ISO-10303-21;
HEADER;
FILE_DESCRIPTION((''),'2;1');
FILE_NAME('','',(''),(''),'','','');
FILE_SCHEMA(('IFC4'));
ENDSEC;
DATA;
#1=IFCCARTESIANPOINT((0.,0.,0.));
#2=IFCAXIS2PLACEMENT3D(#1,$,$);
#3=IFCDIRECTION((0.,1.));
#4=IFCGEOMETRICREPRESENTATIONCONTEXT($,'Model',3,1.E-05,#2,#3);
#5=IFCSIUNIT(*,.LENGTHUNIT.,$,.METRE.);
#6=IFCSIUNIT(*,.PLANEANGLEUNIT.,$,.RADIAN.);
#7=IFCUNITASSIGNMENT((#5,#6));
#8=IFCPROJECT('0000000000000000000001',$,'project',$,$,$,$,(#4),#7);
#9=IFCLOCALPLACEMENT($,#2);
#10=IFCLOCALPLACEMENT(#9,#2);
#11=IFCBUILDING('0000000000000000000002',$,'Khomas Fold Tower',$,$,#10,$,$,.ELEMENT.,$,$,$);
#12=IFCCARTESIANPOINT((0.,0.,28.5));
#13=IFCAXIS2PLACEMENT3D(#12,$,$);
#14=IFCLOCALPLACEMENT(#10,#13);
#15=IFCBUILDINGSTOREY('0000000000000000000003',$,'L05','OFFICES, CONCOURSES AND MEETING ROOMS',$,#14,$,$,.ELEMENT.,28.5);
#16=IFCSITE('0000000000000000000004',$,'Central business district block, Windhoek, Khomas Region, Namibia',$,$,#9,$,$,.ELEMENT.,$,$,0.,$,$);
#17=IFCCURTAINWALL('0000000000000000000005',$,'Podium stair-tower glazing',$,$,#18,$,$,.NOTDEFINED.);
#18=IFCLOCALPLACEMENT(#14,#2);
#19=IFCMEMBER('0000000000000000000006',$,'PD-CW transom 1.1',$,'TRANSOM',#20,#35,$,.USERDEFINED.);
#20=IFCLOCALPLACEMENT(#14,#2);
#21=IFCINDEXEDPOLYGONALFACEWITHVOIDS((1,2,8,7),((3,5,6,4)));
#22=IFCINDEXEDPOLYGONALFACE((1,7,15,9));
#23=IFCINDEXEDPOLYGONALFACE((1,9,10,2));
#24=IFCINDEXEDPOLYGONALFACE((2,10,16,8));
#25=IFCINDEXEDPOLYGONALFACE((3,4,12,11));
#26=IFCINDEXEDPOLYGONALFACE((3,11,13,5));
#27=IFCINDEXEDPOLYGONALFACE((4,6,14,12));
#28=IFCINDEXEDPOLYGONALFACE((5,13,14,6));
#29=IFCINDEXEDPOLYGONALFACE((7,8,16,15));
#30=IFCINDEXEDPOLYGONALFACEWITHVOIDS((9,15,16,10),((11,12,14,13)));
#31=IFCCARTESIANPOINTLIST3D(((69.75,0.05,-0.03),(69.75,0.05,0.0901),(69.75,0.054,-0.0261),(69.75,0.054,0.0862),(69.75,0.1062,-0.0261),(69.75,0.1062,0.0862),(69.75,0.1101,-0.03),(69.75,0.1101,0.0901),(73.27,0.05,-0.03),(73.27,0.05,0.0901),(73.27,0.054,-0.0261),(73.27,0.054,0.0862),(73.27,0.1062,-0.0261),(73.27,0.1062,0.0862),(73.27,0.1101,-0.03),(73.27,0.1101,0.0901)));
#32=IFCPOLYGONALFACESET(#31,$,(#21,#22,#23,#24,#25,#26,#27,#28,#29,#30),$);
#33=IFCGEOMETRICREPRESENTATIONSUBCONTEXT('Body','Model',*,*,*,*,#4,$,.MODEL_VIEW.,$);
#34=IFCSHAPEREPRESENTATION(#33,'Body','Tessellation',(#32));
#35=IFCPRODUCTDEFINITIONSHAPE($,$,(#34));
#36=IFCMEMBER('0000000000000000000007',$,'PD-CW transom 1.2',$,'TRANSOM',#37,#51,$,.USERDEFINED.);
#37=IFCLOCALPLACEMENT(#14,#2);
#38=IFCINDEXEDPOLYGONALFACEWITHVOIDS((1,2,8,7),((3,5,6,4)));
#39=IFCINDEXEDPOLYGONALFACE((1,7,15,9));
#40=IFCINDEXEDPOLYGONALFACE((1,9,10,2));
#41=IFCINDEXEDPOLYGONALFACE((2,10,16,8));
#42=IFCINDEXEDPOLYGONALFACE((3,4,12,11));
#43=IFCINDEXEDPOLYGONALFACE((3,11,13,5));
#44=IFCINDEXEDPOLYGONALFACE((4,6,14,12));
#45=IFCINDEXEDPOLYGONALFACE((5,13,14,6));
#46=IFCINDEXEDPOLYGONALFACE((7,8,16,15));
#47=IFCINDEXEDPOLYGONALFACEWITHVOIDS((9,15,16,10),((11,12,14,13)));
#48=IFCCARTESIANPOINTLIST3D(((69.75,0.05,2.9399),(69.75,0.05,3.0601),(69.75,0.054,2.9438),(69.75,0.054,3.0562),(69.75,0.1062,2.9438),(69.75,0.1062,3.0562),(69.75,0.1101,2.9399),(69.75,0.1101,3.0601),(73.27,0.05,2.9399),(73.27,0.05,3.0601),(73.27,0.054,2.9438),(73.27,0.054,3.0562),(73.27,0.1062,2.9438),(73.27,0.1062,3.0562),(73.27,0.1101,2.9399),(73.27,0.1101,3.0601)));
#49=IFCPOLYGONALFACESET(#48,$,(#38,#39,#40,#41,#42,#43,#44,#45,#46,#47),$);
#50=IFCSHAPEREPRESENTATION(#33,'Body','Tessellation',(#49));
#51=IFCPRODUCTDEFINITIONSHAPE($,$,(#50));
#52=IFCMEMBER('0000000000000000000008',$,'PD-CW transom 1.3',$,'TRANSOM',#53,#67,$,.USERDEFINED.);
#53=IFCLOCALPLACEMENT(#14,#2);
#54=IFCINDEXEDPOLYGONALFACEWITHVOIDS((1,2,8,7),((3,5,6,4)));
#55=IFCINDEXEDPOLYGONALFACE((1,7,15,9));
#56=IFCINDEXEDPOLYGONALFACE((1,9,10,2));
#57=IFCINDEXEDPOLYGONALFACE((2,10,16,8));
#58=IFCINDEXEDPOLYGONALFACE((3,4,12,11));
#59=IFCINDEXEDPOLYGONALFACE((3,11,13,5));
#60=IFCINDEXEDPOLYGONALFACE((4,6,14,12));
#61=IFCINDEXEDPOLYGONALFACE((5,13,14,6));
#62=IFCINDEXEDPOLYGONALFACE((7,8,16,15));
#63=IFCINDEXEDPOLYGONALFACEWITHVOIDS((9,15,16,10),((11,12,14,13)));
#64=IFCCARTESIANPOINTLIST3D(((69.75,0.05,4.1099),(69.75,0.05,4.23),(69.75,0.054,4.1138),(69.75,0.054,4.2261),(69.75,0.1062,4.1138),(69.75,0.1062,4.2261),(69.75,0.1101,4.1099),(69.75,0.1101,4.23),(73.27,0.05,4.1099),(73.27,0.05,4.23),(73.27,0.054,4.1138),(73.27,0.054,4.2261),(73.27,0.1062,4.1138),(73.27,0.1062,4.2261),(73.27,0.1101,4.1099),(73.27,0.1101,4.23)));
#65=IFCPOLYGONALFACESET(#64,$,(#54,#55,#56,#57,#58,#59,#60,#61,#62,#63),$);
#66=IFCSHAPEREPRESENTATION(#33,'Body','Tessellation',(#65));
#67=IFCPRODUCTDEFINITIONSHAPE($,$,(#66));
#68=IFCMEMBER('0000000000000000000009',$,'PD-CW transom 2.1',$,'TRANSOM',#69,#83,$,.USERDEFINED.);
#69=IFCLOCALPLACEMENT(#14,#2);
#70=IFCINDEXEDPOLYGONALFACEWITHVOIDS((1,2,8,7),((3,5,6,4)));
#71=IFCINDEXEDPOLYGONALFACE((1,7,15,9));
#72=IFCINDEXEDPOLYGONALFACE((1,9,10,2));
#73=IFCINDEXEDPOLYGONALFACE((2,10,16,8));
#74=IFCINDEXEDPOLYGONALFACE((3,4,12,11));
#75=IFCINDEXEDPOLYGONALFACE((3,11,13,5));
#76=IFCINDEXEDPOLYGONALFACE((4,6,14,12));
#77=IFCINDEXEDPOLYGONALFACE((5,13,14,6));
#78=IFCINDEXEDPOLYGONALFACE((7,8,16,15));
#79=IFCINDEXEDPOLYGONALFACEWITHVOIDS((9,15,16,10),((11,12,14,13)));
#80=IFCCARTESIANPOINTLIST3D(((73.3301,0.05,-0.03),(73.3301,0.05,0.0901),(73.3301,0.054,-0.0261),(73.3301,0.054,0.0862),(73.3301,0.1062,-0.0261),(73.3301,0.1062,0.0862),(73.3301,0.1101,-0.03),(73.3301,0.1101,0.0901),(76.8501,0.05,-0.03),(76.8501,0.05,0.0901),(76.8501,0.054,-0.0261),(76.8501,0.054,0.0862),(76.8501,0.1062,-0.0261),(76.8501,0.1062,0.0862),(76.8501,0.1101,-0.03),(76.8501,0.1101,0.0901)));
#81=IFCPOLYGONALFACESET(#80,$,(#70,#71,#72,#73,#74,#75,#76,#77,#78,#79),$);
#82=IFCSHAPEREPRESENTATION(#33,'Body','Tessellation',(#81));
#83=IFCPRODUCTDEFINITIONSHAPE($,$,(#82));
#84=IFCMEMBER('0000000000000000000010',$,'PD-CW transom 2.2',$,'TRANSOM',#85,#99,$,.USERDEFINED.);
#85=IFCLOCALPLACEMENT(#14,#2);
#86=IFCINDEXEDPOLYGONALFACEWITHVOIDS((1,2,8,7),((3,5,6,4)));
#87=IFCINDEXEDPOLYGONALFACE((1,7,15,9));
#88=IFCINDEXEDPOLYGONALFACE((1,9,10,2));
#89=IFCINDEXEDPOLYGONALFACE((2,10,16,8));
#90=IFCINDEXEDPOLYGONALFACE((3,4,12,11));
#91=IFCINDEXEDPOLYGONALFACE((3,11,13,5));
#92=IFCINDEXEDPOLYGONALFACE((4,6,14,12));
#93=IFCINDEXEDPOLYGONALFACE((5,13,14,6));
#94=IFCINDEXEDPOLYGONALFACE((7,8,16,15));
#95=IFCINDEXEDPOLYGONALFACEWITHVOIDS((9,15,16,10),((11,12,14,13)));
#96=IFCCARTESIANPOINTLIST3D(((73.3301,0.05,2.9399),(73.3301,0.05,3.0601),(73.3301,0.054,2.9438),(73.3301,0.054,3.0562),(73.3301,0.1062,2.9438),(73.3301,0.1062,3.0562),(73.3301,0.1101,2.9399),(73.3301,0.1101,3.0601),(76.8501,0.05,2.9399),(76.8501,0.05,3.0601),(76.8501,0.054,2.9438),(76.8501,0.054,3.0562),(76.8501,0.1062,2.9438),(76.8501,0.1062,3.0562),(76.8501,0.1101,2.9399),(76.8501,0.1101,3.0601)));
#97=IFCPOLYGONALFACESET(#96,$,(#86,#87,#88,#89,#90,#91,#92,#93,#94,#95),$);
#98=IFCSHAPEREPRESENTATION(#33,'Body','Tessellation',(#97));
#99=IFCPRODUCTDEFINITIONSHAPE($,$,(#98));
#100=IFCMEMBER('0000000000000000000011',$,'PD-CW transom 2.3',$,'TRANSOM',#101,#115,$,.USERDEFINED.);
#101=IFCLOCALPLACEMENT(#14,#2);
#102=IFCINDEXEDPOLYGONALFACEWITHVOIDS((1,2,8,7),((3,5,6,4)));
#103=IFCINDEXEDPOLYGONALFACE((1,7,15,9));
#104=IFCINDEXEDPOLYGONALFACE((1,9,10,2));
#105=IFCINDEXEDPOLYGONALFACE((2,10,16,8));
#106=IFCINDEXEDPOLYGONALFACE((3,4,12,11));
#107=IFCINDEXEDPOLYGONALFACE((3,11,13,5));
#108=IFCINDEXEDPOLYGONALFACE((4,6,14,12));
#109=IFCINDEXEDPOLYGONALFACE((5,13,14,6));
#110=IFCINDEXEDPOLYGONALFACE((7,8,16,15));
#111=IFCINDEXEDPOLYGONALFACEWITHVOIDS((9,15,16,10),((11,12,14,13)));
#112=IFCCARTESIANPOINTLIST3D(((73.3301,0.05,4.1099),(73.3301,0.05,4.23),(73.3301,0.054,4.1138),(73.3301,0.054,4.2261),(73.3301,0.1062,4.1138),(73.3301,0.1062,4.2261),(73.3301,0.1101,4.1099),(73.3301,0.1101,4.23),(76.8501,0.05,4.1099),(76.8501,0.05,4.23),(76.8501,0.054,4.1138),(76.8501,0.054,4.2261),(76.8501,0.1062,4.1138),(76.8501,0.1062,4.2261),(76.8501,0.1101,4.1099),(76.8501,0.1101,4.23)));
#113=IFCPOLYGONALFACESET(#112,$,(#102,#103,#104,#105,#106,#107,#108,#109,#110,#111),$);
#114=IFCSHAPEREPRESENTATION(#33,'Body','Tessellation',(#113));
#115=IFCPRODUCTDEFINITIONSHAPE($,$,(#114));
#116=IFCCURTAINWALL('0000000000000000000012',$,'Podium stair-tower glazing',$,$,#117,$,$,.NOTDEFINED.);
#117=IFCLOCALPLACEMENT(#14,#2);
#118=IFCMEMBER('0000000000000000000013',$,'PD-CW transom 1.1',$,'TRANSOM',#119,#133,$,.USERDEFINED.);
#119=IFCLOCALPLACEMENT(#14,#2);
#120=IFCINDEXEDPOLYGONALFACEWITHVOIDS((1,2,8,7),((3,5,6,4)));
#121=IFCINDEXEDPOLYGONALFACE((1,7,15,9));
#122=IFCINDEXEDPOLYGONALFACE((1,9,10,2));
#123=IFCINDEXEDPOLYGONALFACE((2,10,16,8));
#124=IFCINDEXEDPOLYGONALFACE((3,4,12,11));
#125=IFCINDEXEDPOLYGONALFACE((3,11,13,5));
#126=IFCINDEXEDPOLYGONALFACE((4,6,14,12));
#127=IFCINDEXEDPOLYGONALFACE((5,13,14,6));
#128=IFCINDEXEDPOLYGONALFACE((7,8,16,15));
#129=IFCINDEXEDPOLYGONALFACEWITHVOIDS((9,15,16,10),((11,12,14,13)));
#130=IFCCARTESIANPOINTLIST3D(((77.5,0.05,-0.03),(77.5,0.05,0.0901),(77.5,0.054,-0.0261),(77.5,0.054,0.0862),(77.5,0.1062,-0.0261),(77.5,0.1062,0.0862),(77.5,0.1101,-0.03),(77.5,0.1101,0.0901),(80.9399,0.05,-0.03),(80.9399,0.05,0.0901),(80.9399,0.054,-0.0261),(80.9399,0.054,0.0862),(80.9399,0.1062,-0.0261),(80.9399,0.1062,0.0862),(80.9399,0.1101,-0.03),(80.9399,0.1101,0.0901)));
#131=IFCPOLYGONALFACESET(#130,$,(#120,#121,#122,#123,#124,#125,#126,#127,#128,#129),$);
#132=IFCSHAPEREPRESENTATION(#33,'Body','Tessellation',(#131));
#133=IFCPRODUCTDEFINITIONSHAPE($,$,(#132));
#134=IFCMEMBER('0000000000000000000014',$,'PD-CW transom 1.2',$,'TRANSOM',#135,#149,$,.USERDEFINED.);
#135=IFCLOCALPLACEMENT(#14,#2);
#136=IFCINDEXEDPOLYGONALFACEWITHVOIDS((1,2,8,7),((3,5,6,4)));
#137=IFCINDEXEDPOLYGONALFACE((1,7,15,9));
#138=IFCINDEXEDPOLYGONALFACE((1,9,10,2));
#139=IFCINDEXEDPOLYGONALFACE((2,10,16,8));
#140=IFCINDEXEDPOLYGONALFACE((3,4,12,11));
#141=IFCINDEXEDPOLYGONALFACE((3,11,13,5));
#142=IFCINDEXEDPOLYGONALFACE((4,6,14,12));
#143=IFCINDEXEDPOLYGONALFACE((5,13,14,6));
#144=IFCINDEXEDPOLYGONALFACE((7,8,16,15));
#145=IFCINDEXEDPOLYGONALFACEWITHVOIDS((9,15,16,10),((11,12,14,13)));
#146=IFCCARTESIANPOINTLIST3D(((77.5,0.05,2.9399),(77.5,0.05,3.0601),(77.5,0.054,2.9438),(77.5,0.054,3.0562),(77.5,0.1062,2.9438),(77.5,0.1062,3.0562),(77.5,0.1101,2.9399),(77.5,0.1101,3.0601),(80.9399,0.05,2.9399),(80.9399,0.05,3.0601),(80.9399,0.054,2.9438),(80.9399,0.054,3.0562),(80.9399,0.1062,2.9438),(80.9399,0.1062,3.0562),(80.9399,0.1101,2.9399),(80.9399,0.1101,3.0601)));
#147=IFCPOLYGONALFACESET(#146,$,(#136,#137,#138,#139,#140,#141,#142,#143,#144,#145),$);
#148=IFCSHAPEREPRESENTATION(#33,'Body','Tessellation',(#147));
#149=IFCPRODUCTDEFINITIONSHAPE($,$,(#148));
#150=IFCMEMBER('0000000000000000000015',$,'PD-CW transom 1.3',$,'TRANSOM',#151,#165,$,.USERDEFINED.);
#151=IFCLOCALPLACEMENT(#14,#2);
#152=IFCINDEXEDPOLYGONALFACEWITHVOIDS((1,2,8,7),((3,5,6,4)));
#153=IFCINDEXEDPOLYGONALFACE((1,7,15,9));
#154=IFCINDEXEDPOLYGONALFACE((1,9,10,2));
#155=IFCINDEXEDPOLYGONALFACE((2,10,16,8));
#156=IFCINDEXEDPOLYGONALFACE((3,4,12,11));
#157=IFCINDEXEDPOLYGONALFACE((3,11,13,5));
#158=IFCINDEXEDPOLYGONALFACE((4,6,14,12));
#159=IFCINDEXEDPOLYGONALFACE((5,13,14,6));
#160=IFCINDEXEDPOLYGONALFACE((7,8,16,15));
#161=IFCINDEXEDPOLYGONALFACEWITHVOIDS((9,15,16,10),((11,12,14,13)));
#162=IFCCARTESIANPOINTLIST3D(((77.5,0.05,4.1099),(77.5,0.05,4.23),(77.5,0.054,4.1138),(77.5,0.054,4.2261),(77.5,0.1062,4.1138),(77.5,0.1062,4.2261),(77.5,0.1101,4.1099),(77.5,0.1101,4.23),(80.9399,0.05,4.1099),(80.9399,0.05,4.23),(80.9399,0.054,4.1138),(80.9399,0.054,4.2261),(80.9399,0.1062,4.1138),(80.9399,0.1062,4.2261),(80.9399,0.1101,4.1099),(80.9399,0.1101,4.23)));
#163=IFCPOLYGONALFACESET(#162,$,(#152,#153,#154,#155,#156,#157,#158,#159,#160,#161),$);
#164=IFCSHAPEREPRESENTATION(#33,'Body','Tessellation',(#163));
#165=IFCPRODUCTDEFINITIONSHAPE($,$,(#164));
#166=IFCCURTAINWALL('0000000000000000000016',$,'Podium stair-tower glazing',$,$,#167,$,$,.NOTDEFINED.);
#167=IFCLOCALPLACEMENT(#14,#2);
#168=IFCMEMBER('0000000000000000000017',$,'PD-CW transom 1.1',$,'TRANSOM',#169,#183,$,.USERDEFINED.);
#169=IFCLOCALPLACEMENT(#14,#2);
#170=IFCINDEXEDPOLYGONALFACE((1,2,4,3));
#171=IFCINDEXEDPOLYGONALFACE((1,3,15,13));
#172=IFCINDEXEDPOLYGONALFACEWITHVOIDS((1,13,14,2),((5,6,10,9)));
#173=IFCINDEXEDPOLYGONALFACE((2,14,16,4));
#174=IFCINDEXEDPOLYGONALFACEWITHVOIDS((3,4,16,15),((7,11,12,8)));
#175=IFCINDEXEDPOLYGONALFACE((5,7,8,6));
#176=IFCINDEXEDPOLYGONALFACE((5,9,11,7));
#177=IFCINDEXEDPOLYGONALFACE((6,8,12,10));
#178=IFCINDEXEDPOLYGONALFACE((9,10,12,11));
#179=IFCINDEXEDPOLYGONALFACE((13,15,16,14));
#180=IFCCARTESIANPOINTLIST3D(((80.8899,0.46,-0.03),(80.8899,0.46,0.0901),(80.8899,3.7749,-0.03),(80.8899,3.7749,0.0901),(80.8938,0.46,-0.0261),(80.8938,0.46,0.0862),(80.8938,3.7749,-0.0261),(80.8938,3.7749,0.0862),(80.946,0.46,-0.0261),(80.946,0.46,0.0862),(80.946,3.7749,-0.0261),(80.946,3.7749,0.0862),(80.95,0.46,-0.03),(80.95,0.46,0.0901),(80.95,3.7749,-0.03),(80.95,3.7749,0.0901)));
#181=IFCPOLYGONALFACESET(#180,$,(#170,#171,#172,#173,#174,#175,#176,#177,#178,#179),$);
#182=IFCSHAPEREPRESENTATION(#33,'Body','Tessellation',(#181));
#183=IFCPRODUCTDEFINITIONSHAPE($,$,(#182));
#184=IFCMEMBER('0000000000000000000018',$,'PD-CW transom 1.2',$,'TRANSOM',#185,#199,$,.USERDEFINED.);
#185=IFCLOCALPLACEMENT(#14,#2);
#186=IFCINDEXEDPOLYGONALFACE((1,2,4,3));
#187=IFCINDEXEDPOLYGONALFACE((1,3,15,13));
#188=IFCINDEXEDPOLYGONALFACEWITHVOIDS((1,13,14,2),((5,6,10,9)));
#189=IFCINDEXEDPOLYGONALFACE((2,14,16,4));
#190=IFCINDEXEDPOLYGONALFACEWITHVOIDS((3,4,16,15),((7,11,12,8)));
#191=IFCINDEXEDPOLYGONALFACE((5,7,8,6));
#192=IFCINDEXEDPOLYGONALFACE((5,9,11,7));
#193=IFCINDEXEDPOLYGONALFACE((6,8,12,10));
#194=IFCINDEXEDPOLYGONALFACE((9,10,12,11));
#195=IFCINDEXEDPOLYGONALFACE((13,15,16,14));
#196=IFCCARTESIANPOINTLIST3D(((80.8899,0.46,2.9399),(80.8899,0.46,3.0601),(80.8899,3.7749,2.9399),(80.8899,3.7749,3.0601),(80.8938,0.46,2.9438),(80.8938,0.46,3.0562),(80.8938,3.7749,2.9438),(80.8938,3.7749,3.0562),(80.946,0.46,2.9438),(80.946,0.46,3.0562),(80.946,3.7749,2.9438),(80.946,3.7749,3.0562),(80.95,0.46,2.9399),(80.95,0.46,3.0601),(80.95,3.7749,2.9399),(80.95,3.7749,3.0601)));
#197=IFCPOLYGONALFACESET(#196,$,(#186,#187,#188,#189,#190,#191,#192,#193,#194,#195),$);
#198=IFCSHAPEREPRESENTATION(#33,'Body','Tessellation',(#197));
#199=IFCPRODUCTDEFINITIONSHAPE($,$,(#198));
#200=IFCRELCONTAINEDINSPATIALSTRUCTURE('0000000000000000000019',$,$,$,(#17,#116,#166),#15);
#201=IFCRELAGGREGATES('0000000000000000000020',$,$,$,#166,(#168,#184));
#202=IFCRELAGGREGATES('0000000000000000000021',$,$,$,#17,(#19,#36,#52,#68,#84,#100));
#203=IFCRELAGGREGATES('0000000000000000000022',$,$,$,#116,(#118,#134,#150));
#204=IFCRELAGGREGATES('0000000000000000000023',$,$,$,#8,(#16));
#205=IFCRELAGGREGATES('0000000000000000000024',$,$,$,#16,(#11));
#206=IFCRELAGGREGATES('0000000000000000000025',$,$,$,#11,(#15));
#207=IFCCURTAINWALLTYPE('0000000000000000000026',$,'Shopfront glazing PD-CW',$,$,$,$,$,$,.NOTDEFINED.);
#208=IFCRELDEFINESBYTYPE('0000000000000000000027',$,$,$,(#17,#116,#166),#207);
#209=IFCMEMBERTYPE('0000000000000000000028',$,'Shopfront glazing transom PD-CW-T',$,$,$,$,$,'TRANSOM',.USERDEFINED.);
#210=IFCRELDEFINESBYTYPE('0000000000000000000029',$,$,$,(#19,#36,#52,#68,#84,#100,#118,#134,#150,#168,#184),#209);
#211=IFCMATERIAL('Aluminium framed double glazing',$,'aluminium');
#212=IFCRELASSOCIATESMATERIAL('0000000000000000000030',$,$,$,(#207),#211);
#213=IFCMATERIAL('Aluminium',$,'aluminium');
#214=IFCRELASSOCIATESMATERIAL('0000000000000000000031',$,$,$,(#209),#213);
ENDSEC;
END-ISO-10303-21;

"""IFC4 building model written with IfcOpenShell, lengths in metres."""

from ifc_helpers import new_model, si_unit, direction, frame, origin, origin_2d, place, context, subcontext, project, spatial, hollow_rectangle, extrude, source, transform, mapped, material, material_profile, profile_set, type_object, element, aggregate, save


model = new_model("IFC4")

# Units and contexts
model_context = context("Model", 3, precision=1e-05, world=origin(), true_north=direction((0.0, 1.0)))
body_context = subcontext(model_context, "Body", "Model", "MODEL_VIEW")
ifc_project = project(units=[si_unit("LENGTHUNIT", "METRE"), si_unit("PLANEANGLEUNIT", "RADIAN")], contexts=[model_context])

# Site, building, storey
site_placement = place(None, origin())
site = spatial("IfcSite", under=ifc_project, at=site_placement, Name="Central business district block, Windhoek, Khomas Region, Namibia", CompositionType="ELEMENT", RefElevation=0.0)
building_placement = place(site_placement, origin())
building = spatial("IfcBuilding", under=site, at=building_placement, Name="Khomas Fold Tower", CompositionType="ELEMENT")
storey_placement = place(building_placement, frame((0.0, 0.0, 28.5)))
storey = spatial("IfcBuildingStorey", under=building, at=storey_placement, Name="L05", Description="OFFICES, CONCOURSES AND MEETING ROOMS", CompositionType="ELEMENT", Elevation=28.5)

# Curtain walls, members
ifc_material_1 = material(Name="Aluminium framed double glazing", Category="aluminium")
curtain_wall_type = type_object("IfcCurtainWallType", Name="Shopfront glazing PD-CW", PredefinedType="NOTDEFINED", material=ifc_material_1)
curtain_wall_1_placement = place(storey_placement, origin())
curtain_wall_1 = element("IfcCurtainWall", 1, at=curtain_wall_1_placement, inside=storey, type_object=curtain_wall_type, Name="Podium stair-tower glazing", PredefinedType="NOTDEFINED")
ifc_material_2 = material(Name="Aluminium", Category="aluminium")
ifc_material_profile_1 = material_profile(ifc_material_2, hollow_rectangle(XDim=0.0601, YDim=0.1201, WallThickness=0.0039, at=origin_2d()), Name="Shopfront glazing transom PD-CW-T")
ifc_profile_set_1 = profile_set([ifc_material_profile_1], Name="Aluminium")
member_type_1 = type_object("IfcMemberType", Name="Shopfront glazing transom PD-CW-T", ElementType="TRANSOM", PredefinedType="USERDEFINED", material=ifc_profile_set_1)
shared_shape_1 = source(origin(), body_context, "Body", "SweptSolid", [
    extrude(hollow_rectangle(XDim=0.0601, YDim=0.1201, WallThickness=0.0039, at=origin_2d()), origin(), (0.0, 0.0, 1.0), 3.52),
])
member_1_placement = place(storey_placement, frame((69.75, 0.0801, 0.03), z_axis=(1.0, 0.0, 0.0), x_axis=(0.0, 1.0, 0.0)))
member_1 = element("IfcMember", 2, at=member_1_placement, type_object=member_type_1, Name="PD-CW transom 1.1", ObjectType="TRANSOM", PredefinedType="USERDEFINED", context=body_context, shape_type="MappedRepresentation", body=[
    mapped(shared_shape_1, transform((0.0, 0.0, 0.0))),
])
member_2_placement = place(storey_placement, frame((69.75, 0.0801, 3.0), z_axis=(1.0, 0.0, 0.0), x_axis=(0.0, 1.0, 0.0)))
member_2 = element("IfcMember", 3, at=member_2_placement, type_object=member_type_1, Name="PD-CW transom 1.2", ObjectType="TRANSOM", PredefinedType="USERDEFINED", context=body_context, shape_type="MappedRepresentation", body=[
    mapped(shared_shape_1, transform((0.0, 0.0, 0.0))),
])
member_3_placement = place(storey_placement, frame((69.75, 0.0801, 4.1699), z_axis=(1.0, 0.0, 0.0), x_axis=(0.0, 1.0, 0.0)))
member_3 = element("IfcMember", 4, at=member_3_placement, type_object=member_type_1, Name="PD-CW transom 1.3", ObjectType="TRANSOM", PredefinedType="USERDEFINED", context=body_context, shape_type="MappedRepresentation", body=[
    mapped(shared_shape_1, transform((0.0, 0.0, 0.0))),
])
member_4_placement = place(storey_placement, frame((73.3301, 0.0801, 0.03), z_axis=(1.0, 0.0, 0.0), x_axis=(0.0, 1.0, 0.0)))
member_4 = element("IfcMember", 5, at=member_4_placement, type_object=member_type_1, Name="PD-CW transom 2.1", ObjectType="TRANSOM", PredefinedType="USERDEFINED", context=body_context, shape_type="MappedRepresentation", body=[
    mapped(shared_shape_1, transform((0.0, 0.0, 0.0))),
])
member_5_placement = place(storey_placement, frame((73.3301, 0.0801, 3.0), z_axis=(1.0, 0.0, 0.0), x_axis=(0.0, 1.0, 0.0)))
member_5 = element("IfcMember", 6, at=member_5_placement, type_object=member_type_1, Name="PD-CW transom 2.2", ObjectType="TRANSOM", PredefinedType="USERDEFINED", context=body_context, shape_type="MappedRepresentation", body=[
    mapped(shared_shape_1, transform((0.0, 0.0, 0.0))),
])
member_6_placement = place(storey_placement, frame((73.3301, 0.0801, 4.1699), z_axis=(1.0, 0.0, 0.0), x_axis=(0.0, 1.0, 0.0)))
member_6 = element("IfcMember", 7, at=member_6_placement, type_object=member_type_1, Name="PD-CW transom 2.3", ObjectType="TRANSOM", PredefinedType="USERDEFINED", context=body_context, shape_type="MappedRepresentation", body=[
    mapped(shared_shape_1, transform((0.0, 0.0, 0.0))),
])
curtain_wall_2_placement = place(storey_placement, origin())
curtain_wall_2 = element("IfcCurtainWall", 8, at=curtain_wall_2_placement, inside=storey, type_object=curtain_wall_type, Name="Podium stair-tower glazing", PredefinedType="NOTDEFINED")
shared_shape_2 = source(origin(), body_context, "Body", "SweptSolid", [
    extrude(hollow_rectangle(XDim=0.0601, YDim=0.1201, WallThickness=0.0039, at=origin_2d()), origin(), (0.0, 0.0, 1.0), 3.4399),
])
member_7_placement = place(storey_placement, frame((77.5, 0.0801, 0.03), z_axis=(1.0, 0.0, 0.0), x_axis=(0.0, 1.0, 0.0)))
member_7 = element("IfcMember", 9, at=member_7_placement, type_object=member_type_1, Name="PD-CW transom 1.1", ObjectType="TRANSOM", PredefinedType="USERDEFINED", context=body_context, shape_type="MappedRepresentation", body=[
    mapped(shared_shape_2, transform((0.0, 0.0, 0.0))),
])
member_8_placement = place(storey_placement, frame((77.5, 0.0801, 3.0), z_axis=(1.0, 0.0, 0.0), x_axis=(0.0, 1.0, 0.0)))
member_8 = element("IfcMember", 10, at=member_8_placement, type_object=member_type_1, Name="PD-CW transom 1.2", ObjectType="TRANSOM", PredefinedType="USERDEFINED", context=body_context, shape_type="MappedRepresentation", body=[
    mapped(shared_shape_2, transform((0.0, 0.0, 0.0))),
])
member_9_placement = place(storey_placement, frame((77.5, 0.0801, 4.1699), z_axis=(1.0, 0.0, 0.0), x_axis=(0.0, 1.0, 0.0)))
member_9 = element("IfcMember", 11, at=member_9_placement, type_object=member_type_1, Name="PD-CW transom 1.3", ObjectType="TRANSOM", PredefinedType="USERDEFINED", context=body_context, shape_type="MappedRepresentation", body=[
    mapped(shared_shape_2, transform((0.0, 0.0, 0.0))),
])
curtain_wall_3_placement = place(storey_placement, origin())
curtain_wall_3 = element("IfcCurtainWall", 12, at=curtain_wall_3_placement, inside=storey, type_object=curtain_wall_type, Name="Podium stair-tower glazing", PredefinedType="NOTDEFINED")
shared_shape_3 = source(origin(), body_context, "Body", "SweptSolid", [
    extrude(hollow_rectangle(XDim=0.0601, YDim=0.1201, WallThickness=0.0039, at=origin_2d()), origin(), (0.0, 0.0, 1.0), 3.3149),
])
member_10_placement = place(storey_placement, frame((80.9199, 0.46, 0.03), z_axis=(0.0, 1.0, 0.0), x_axis=(-1.0, 0.0, 0.0)))
member_10 = element("IfcMember", 13, at=member_10_placement, type_object=member_type_1, Name="PD-CW transom 1.1", ObjectType="TRANSOM", PredefinedType="USERDEFINED", context=body_context, shape_type="MappedRepresentation", body=[
    mapped(shared_shape_3, transform((0.0, 0.0, 0.0))),
])
member_11_placement = place(storey_placement, frame((80.9199, 0.46, 3.0), z_axis=(0.0, 1.0, 0.0), x_axis=(-1.0, 0.0, 0.0)))
member_11 = element("IfcMember", 14, at=member_11_placement, type_object=member_type_1, Name="PD-CW transom 1.2", ObjectType="TRANSOM", PredefinedType="USERDEFINED", context=body_context, shape_type="MappedRepresentation", body=[
    mapped(shared_shape_3, transform((0.0, 0.0, 0.0))),
])

aggregate(curtain_wall_3, [member_10, member_11])

aggregate(curtain_wall_1, [member_1, member_2, member_3, member_4, member_5, member_6])
aggregate(curtain_wall_2, [member_7, member_8, member_9])

save(model, "model.ifc")
